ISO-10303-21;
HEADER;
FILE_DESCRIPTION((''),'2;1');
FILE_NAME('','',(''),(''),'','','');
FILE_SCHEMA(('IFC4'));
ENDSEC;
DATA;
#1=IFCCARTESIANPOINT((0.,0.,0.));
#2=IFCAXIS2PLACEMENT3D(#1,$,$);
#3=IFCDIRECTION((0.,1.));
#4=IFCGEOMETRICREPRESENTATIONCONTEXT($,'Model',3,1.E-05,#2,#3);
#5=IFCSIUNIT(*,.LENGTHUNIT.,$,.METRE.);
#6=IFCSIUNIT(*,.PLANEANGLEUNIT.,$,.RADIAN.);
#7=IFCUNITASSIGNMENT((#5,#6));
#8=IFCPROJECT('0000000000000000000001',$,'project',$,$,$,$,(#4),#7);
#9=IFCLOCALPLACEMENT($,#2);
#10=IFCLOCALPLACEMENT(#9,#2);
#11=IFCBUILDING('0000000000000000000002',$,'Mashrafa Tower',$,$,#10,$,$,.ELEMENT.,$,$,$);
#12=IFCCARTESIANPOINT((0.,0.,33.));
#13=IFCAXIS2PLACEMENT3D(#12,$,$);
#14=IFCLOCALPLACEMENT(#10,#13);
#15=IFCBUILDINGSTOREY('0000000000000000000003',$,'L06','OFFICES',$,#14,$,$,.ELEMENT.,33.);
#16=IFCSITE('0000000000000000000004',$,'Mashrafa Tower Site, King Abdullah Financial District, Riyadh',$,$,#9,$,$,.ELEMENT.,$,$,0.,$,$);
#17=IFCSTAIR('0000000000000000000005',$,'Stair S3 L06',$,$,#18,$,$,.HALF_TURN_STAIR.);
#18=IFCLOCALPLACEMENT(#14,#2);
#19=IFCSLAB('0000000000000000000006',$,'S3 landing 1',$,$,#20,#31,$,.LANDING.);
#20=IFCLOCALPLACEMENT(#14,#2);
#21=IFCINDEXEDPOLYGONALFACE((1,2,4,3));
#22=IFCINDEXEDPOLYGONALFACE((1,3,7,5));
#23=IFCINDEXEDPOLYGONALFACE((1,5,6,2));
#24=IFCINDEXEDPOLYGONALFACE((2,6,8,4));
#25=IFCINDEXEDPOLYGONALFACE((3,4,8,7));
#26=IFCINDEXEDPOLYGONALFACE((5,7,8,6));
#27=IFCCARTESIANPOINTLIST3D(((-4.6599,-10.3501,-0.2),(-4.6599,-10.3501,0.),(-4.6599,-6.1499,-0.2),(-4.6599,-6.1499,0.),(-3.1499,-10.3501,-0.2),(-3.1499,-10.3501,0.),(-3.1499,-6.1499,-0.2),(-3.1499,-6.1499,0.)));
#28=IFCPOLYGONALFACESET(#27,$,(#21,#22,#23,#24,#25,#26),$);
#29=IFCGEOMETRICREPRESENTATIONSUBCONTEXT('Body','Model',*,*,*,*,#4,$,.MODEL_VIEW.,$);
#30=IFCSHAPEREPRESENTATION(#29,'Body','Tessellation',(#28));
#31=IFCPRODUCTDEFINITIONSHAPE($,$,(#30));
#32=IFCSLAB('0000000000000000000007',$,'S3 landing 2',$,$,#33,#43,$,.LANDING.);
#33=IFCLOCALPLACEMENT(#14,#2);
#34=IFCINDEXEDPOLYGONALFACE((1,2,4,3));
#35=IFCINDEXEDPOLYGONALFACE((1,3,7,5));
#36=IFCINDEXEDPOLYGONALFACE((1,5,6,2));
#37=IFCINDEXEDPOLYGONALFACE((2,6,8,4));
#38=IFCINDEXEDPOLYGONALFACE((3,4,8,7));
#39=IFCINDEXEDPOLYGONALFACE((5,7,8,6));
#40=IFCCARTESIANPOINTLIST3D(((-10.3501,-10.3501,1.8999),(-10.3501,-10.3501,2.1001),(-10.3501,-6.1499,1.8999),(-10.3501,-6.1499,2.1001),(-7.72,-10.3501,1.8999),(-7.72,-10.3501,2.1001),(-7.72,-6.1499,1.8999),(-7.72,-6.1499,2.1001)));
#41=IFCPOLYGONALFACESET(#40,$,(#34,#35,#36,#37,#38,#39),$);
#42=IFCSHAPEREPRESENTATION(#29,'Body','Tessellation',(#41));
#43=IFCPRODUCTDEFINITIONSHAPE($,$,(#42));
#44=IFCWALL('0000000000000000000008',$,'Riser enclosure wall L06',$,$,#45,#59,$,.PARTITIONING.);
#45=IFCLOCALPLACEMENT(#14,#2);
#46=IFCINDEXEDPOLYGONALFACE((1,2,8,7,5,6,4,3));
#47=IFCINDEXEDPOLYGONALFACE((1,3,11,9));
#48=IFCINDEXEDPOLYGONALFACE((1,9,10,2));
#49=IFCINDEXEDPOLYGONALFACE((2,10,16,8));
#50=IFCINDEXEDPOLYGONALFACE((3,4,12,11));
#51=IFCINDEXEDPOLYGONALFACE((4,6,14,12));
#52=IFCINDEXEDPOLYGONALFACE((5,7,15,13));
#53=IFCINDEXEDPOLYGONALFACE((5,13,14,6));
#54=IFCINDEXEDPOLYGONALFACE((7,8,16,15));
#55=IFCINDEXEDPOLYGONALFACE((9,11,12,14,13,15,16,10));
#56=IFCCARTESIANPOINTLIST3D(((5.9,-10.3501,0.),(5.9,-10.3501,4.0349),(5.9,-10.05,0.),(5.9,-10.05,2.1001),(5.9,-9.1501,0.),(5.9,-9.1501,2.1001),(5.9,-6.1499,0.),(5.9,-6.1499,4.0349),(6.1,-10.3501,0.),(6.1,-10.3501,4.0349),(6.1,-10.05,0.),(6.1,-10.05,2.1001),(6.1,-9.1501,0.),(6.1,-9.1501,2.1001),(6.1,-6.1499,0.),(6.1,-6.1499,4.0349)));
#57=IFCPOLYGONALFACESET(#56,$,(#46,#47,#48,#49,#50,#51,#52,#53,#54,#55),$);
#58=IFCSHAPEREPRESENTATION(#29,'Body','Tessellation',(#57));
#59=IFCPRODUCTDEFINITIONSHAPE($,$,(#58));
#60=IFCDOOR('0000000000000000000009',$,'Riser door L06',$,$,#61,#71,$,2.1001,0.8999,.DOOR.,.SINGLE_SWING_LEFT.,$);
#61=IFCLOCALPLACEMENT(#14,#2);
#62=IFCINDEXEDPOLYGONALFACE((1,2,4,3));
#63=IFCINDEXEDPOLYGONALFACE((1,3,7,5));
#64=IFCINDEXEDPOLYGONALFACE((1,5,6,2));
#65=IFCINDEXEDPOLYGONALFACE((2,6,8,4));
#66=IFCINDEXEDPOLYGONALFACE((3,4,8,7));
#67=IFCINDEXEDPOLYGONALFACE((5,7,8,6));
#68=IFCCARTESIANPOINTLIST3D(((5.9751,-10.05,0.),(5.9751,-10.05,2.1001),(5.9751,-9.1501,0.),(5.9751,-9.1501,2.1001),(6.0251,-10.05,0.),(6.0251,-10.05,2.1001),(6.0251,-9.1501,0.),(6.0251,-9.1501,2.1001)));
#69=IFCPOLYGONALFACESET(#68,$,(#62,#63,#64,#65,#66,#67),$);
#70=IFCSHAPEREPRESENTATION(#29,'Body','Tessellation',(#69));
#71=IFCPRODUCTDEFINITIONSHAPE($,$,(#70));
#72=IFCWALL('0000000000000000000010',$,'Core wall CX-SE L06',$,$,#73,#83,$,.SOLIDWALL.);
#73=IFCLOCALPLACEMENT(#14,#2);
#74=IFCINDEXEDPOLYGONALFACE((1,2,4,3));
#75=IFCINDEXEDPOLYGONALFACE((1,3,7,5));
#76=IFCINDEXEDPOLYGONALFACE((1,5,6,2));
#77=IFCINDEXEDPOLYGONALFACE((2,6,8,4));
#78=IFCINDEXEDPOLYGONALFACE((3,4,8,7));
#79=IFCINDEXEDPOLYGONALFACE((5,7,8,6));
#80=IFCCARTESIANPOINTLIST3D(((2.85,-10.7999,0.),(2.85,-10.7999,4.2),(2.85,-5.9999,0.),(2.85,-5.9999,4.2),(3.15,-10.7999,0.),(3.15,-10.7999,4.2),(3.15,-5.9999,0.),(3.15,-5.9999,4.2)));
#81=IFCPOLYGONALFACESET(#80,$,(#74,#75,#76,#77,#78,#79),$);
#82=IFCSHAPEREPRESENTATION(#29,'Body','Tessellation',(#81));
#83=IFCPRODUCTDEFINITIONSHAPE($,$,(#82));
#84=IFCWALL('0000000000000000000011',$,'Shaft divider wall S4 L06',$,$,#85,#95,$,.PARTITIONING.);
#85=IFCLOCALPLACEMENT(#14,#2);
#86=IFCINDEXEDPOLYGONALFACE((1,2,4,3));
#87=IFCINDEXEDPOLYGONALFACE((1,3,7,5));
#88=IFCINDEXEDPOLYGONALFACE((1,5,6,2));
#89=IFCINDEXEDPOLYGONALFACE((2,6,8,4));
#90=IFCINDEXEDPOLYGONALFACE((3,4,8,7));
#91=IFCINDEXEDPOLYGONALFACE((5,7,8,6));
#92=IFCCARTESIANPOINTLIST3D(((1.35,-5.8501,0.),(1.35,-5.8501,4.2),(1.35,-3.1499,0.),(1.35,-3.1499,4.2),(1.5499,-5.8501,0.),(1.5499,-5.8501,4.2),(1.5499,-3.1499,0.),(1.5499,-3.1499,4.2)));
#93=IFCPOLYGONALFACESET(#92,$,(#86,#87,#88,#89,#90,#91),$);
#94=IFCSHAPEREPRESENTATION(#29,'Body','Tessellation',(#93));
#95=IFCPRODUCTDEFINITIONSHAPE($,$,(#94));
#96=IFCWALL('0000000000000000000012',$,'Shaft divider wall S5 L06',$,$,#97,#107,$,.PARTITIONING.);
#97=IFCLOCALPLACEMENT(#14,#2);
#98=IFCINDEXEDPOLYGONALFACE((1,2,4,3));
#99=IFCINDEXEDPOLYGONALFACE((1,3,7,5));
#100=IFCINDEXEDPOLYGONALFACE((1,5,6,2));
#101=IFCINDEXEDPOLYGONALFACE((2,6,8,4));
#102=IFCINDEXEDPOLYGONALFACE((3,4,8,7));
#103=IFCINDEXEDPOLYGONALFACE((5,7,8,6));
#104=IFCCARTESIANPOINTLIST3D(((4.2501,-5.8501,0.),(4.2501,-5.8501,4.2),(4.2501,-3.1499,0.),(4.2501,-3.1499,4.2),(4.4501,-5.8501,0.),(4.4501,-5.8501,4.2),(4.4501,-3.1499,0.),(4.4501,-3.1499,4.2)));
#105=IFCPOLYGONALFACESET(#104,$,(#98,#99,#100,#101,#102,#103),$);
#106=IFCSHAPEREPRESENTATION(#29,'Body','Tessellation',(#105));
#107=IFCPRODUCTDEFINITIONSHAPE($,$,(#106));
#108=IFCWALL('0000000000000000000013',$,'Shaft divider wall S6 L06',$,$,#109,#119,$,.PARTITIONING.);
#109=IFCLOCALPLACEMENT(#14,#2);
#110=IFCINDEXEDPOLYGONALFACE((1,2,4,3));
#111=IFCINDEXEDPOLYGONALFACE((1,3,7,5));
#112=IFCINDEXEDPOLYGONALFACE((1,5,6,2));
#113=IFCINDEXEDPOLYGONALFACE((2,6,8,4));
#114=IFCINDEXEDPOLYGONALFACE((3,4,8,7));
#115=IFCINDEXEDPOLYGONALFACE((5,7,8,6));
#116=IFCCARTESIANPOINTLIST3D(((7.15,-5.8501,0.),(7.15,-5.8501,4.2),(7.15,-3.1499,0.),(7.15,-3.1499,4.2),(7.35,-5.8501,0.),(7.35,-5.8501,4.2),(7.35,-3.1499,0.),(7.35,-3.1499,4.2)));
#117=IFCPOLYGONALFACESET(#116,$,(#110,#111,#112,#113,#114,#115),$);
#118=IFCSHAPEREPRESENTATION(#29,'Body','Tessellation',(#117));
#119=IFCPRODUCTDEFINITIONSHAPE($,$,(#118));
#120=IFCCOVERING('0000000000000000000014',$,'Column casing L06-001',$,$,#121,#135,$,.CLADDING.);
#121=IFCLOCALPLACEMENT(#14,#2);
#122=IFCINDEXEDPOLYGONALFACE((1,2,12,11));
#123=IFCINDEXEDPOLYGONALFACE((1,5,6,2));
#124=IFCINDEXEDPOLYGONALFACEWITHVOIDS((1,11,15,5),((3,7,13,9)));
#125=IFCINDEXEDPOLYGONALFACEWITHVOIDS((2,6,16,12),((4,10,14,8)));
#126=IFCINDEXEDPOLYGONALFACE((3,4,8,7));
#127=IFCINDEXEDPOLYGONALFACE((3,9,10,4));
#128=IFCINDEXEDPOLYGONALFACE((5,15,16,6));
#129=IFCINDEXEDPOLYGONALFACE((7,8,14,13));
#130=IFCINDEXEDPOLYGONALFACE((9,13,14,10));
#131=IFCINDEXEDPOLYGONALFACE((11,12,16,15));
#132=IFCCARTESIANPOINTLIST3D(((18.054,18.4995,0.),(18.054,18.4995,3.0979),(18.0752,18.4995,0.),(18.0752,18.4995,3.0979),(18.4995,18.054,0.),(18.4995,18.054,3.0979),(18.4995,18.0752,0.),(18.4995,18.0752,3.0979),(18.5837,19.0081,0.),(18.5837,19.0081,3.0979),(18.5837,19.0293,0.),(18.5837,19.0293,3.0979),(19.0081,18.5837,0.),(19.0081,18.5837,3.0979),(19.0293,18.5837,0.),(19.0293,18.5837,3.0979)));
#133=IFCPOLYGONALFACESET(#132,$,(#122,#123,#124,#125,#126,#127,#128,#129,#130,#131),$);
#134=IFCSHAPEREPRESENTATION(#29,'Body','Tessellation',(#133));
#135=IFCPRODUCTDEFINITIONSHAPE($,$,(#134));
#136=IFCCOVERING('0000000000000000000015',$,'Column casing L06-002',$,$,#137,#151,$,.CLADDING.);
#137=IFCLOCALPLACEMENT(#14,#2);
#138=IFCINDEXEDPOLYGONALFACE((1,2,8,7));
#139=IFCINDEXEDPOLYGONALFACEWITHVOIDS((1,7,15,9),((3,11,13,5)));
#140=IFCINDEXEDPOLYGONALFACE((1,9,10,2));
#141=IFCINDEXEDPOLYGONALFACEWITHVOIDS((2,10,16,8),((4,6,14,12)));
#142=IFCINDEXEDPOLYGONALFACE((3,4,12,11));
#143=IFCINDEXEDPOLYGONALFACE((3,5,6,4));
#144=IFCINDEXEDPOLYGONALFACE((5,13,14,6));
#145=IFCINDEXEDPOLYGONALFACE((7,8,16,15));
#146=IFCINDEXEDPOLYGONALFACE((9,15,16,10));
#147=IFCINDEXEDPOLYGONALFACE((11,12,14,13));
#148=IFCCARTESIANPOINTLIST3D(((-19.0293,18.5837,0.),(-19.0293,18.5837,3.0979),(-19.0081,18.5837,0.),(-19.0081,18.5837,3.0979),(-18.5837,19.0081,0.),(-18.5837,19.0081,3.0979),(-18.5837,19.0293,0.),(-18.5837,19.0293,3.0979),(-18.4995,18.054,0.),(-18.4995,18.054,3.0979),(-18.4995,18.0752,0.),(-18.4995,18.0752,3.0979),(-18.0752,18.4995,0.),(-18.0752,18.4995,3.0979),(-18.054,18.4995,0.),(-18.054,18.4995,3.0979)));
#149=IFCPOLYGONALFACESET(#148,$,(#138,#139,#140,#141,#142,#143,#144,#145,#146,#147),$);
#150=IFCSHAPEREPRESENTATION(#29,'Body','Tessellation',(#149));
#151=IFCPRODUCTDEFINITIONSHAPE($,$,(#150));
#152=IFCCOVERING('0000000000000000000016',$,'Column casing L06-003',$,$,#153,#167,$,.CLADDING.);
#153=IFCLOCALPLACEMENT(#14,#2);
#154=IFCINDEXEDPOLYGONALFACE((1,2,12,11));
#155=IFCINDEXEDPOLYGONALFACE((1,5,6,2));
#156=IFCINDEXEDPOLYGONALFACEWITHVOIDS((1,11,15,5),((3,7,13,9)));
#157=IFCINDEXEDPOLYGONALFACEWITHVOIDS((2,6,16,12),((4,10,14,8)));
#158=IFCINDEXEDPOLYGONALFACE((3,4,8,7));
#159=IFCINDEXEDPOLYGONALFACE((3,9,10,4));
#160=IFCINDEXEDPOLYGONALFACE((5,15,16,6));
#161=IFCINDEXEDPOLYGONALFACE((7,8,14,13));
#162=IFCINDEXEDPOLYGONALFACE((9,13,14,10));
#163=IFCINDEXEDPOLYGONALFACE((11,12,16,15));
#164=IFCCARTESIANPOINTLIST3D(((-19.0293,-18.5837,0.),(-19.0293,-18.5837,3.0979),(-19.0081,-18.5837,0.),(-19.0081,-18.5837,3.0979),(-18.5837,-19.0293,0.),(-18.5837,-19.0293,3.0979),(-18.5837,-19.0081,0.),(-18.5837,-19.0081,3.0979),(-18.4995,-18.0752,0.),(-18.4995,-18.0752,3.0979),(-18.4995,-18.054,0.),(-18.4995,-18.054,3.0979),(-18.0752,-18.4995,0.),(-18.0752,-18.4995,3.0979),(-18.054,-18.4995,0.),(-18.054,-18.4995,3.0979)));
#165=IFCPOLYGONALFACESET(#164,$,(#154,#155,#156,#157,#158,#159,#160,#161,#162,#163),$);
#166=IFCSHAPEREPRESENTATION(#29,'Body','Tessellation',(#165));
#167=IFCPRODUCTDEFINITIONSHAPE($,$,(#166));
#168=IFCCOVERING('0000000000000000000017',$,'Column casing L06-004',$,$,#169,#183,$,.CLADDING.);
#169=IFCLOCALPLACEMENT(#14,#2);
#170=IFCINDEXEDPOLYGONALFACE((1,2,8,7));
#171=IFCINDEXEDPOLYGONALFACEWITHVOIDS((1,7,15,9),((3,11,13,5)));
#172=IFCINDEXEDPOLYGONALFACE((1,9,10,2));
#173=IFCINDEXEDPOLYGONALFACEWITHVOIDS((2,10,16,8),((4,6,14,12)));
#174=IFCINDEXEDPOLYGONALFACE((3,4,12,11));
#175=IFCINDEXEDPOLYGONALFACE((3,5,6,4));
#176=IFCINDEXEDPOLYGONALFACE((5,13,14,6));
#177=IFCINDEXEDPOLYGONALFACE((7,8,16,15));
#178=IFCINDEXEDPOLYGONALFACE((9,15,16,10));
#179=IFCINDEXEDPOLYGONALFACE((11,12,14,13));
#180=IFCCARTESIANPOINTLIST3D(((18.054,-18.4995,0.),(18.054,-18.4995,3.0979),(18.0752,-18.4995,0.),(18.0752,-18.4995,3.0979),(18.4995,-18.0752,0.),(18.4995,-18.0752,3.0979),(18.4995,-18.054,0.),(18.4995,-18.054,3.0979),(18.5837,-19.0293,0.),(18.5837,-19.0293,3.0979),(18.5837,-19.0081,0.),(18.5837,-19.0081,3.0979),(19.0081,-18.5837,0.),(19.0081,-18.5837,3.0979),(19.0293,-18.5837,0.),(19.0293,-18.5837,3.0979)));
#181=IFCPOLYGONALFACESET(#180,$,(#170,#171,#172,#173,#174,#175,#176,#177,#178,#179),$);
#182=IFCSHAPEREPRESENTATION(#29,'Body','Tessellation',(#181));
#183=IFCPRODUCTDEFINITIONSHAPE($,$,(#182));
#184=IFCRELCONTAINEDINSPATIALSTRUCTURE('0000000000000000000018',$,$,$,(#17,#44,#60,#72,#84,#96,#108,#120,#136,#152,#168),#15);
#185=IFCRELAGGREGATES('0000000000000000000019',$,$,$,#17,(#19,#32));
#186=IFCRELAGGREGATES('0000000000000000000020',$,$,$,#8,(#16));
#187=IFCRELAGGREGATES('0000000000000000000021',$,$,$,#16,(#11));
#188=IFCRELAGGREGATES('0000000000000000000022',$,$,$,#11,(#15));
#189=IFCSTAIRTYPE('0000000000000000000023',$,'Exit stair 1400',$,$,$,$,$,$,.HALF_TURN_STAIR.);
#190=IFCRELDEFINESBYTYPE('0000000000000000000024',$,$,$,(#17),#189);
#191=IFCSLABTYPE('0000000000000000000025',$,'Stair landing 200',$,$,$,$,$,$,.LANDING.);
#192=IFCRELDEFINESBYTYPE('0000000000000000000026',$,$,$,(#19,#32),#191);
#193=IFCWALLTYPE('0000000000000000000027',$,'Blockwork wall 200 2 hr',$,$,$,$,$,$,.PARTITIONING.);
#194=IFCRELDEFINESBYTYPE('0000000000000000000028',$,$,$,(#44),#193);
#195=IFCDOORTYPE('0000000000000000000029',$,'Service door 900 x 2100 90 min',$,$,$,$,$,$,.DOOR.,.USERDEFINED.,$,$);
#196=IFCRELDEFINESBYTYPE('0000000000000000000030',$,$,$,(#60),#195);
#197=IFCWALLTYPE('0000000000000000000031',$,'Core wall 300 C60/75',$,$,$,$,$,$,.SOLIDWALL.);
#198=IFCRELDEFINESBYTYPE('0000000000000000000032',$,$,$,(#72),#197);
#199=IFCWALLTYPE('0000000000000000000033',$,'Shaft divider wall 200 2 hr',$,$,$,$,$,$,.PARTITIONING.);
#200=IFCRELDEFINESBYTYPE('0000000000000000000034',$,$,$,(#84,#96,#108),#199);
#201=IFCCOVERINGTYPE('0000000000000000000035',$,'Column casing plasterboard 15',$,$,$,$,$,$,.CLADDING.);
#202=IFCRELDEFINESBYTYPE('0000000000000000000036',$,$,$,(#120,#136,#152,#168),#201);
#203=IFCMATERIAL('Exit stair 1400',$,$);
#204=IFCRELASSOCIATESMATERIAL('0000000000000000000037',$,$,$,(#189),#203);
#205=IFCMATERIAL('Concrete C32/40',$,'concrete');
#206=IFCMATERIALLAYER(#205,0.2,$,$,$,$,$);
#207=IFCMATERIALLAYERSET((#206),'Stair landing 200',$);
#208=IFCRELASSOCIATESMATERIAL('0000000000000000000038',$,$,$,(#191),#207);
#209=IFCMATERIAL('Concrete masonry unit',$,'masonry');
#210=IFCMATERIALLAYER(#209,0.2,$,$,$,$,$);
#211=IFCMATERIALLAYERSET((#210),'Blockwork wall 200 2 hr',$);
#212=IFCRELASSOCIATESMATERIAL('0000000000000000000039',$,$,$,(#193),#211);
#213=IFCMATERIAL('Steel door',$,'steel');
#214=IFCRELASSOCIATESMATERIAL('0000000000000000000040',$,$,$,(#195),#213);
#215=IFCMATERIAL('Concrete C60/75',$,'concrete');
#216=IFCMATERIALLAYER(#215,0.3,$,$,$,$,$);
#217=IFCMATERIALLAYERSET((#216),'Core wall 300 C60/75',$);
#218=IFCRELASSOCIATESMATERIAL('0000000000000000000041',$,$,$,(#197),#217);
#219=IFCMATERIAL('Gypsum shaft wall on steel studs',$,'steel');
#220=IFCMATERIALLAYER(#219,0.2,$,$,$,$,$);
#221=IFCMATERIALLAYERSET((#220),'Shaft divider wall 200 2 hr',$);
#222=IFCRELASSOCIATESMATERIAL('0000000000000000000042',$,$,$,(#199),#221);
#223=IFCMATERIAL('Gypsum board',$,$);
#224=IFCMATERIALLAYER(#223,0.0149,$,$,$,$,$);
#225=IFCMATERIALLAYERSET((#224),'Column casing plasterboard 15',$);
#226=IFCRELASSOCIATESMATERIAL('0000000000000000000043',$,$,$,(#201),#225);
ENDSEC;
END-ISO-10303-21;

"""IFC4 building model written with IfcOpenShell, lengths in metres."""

from ifc_helpers import new_model, si_unit, direction, frame, frame_2d, origin, place, context, subcontext, project, spatial, polyline, rectangle, outline, extrude, material, layer, layer_set, type_object, element, fill, aggregate, save


model = new_model("IFC4")

# Units and contexts
model_context = context("Model", 3, precision=1e-05, world=origin(), true_north=direction((0.0, 1.0)))
body_context = subcontext(model_context, "Body", "Model", "MODEL_VIEW")
ifc_project = project(units=[si_unit("LENGTHUNIT", "METRE"), si_unit("PLANEANGLEUNIT", "RADIAN")], contexts=[model_context])

# Site, building, storey
site_placement = place(None, origin())
site = spatial("IfcSite", under=ifc_project, at=site_placement, Name="Mashrafa Tower Site, King Abdullah Financial District, Riyadh", CompositionType="ELEMENT", RefElevation=0.0)
building_placement = place(site_placement, origin())
building = spatial("IfcBuilding", under=site, at=building_placement, Name="Mashrafa Tower", CompositionType="ELEMENT")
storey_placement = place(building_placement, frame((0.0, 0.0, 33.0)))
storey = spatial("IfcBuildingStorey", under=building, at=storey_placement, Name="L06", Description="OFFICES", CompositionType="ELEMENT", Elevation=33.0)

# Stair, slabs
ifc_material_1 = material(Name="Exit stair 1400")
stair_type = type_object("IfcStairType", Name="Exit stair 1400", PredefinedType="HALF_TURN_STAIR", material=ifc_material_1)
ifc_material_2 = material(Name="Concrete C32/40", Category="concrete")
ifc_layer_1 = layer(ifc_material_2, 0.2)
ifc_layer_set_1 = layer_set([ifc_layer_1], Name="Stair landing 200")
slab_type_1 = type_object("IfcSlabType", Name="Stair landing 200", PredefinedType="LANDING", material=ifc_layer_set_1)
stair_1_placement = place(storey_placement, origin())
stair_1 = element("IfcStair", 1, at=stair_1_placement, inside=storey, type_object=stair_type, Name="Stair S3 L06", PredefinedType="HALF_TURN_STAIR")
slab_1_placement = place(storey_placement, frame((0.0, 0.0, -0.2)))
slab_1 = element("IfcSlab", 2, at=slab_1_placement, type_object=slab_type_1, Name="S3 landing 1", PredefinedType="LANDING", context=body_context, shape_type="SweptSolid", body=[
    extrude(outline(polyline([(-4.6599, -10.3501), (-3.1499, -10.3501), (-3.1499, -6.1499), (-4.6599, -6.1499), (-4.6599, -10.3501)])), origin(), (0.0, 0.0, 1.0), 0.2),
])
slab_2_placement = place(storey_placement, frame((0.0, 0.0, 1.8999)))
slab_2 = element("IfcSlab", 3, at=slab_2_placement, type_object=slab_type_1, Name="S3 landing 2", PredefinedType="LANDING", context=body_context, shape_type="SweptSolid", body=[
    extrude(outline(polyline([(-10.3501, -10.3501), (-7.72, -10.3501), (-7.72, -6.1499), (-10.3501, -6.1499), (-10.3501, -10.3501)])), origin(), (0.0, 0.0, 1.0), 0.2002),
])
aggregate(stair_1, [slab_1, slab_2])

# Wall, opening, door
ifc_material_3 = material(Name="Concrete masonry unit", Category="masonry")
ifc_layer_2 = layer(ifc_material_3, 0.2)
ifc_layer_set_2 = layer_set([ifc_layer_2], Name="Blockwork wall 200 2 hr")
wall_type_1 = type_object("IfcWallType", Name="Blockwork wall 200 2 hr", PredefinedType="PARTITIONING", material=ifc_layer_set_2)
wall_1_placement = place(storey_placement, frame((6.0, -10.3501, 0.0), z_axis=(0.0, 0.0, 1.0), x_axis=(0.0, 1.0, 0.0)))
wall_1 = element("IfcWall", 4, at=wall_1_placement, inside=storey, type_object=wall_type_1, Name="Riser enclosure wall L06", PredefinedType="PARTITIONING", context=body_context, shape_type="SweptSolid", body=[
    extrude(rectangle(XDim=4.2002, YDim=0.2, at=frame_2d((2.1001, 0.0))), origin(), (0.0, 0.0, 1.0), 4.0349),
])
opening_placement = place(wall_1_placement, frame((0.3, 0.0, 0.0)))
opening = element("IfcOpeningElement", 5, at=opening_placement, cuts=wall_1, PredefinedType="OPENING", context=body_context, shape_type="SweptSolid", body=[
    extrude(rectangle(XDim=0.8999, YDim=2.1001, at=frame_2d((0.45, 1.05))), frame((0.0, 0.1099, 0.0), z_axis=(0.0, -1.0, 0.0), x_axis=(1.0, 0.0, 0.0)), (0.0, 0.0, 1.0), 0.22),
])
ifc_material_4 = material(Name="Steel door", Category="steel")
door_type = type_object("IfcDoorType", Name="Service door 900 x 2100 90 min", OperationType="USERDEFINED", PredefinedType="DOOR", material=ifc_material_4)
door_placement = place(opening_placement, origin())
door = element("IfcDoor", 6, at=door_placement, inside=storey, type_object=door_type, Name="Riser door L06", OperationType="SINGLE_SWING_LEFT", OverallHeight=2.1001, OverallWidth=0.8999, PredefinedType="DOOR", context=body_context, shape_type="SweptSolid", body=[
    extrude(rectangle(XDim=0.8999, YDim=2.1001, at=frame_2d((0.45, 1.05))), frame((0.0, 0.0249, 0.0), z_axis=(0.0, -1.0, 0.0), x_axis=(1.0, 0.0, 0.0)), (0.0, 0.0, 1.0), 0.05),
])
fill(opening, door)

# Walls
ifc_material_5 = material(Name="Concrete C60/75", Category="concrete")
ifc_layer_3 = layer(ifc_material_5, 0.3)
ifc_layer_set_3 = layer_set([ifc_layer_3], Name="Core wall 300 C60/75")
wall_type_2 = type_object("IfcWallType", Name="Core wall 300 C60/75", PredefinedType="SOLIDWALL", material=ifc_layer_set_3)
wall_2_placement = place(storey_placement, frame((3.0, -6.0, 0.0), z_axis=(0.0, 0.0, 1.0), x_axis=(0.0, -1.0, 0.0)))
element("IfcWall", 7, at=wall_2_placement, inside=storey, type_object=wall_type_2, Name="Core wall CX-SE L06", PredefinedType="SOLIDWALL", context=body_context, shape_type="SweptSolid", body=[
    extrude(rectangle(XDim=4.8, YDim=0.3, at=frame_2d((2.3999, 0.0))), origin(), (0.0, 0.0, 1.0), 4.2),
])
ifc_material_6 = material(Name="Gypsum shaft wall on steel studs", Category="steel")
ifc_layer_4 = layer(ifc_material_6, 0.2)
ifc_layer_set_4 = layer_set([ifc_layer_4], Name="Shaft divider wall 200 2 hr")
wall_type_3 = type_object("IfcWallType", Name="Shaft divider wall 200 2 hr", PredefinedType="PARTITIONING", material=ifc_layer_set_4)
for number, where, z_axis, x_axis, name in (
    (8, (1.45, -5.8501, 0.0), (0.0, 0.0, 1.0), (0.0, 1.0, 0.0), "Shaft divider wall S4 L06"),
    (9, (4.3501, -5.8501, 0.0), (0.0, 0.0, 1.0), (0.0, 1.0, 0.0), "Shaft divider wall S5 L06"),
    (10, (7.25, -5.8501, 0.0), (0.0, 0.0, 1.0), (0.0, 1.0, 0.0), "Shaft divider wall S6 L06"),
):
    element("IfcWall", number, at=place(storey_placement, frame(where, z_axis=z_axis, x_axis=x_axis)), inside=storey, type_object=wall_type_3, Name=name, PredefinedType="PARTITIONING", context=body_context, shape_type="SweptSolid", body=[
        extrude(rectangle(XDim=2.7002, YDim=0.2, at=frame_2d((1.3501, 0.0))), origin(), (0.0, 0.0, 1.0), 4.2),
    ])

# Coverings
ifc_material_7 = material(Name="Gypsum board")
ifc_layer_5 = layer(ifc_material_7, 0.0149)
ifc_layer_set_5 = layer_set([ifc_layer_5], Name="Column casing plasterboard 15")
covering_type_1 = type_object("IfcCoveringType", Name="Column casing plasterboard 15", PredefinedType="CLADDING", material=ifc_layer_set_5)
covering_1_placement = place(storey_placement, origin())
element("IfcCovering", 11, at=covering_1_placement, inside=storey, type_object=covering_type_1, Name="Column casing L06-001", PredefinedType="CLADDING", context=body_context, shape_type="SweptSolid", body=[
    extrude(outline(polyline([(18.054, 18.4995), (18.5837, 19.0293), (19.0293, 18.5837), (18.4995, 18.054), (18.054, 18.4995)]), holes=[polyline([(19.0081, 18.5837), (18.5837, 19.0081), (18.0752, 18.4995), (18.4995, 18.0752), (19.0081, 18.5837)])]), origin(), (0.0, 0.0, 1.0), 3.0979),
])
covering_2_placement = place(storey_placement, origin())
element("IfcCovering", 12, at=covering_2_placement, inside=storey, type_object=covering_type_1, Name="Column casing L06-002", PredefinedType="CLADDING", context=body_context, shape_type="SweptSolid", body=[
    extrude(outline(polyline([(-19.0293, 18.5837), (-18.5837, 19.0293), (-18.054, 18.4995), (-18.4995, 18.054), (-19.0293, 18.5837)]), holes=[polyline([(-18.0752, 18.4995), (-18.5837, 19.0081), (-19.0081, 18.5837), (-18.4995, 18.0752), (-18.0752, 18.4995)])]), origin(), (0.0, 0.0, 1.0), 3.0979),
])
covering_3_placement = place(storey_placement, origin())
element("IfcCovering", 13, at=covering_3_placement, inside=storey, type_object=covering_type_1, Name="Column casing L06-003", PredefinedType="CLADDING", context=body_context, shape_type="SweptSolid", body=[
    extrude(outline(polyline([(-19.0293, -18.5837), (-18.4995, -18.054), (-18.054, -18.4995), (-18.5837, -19.0293), (-19.0293, -18.5837)]), holes=[polyline([(-18.0752, -18.4995), (-18.4995, -18.0752), (-19.0081, -18.5837), (-18.5837, -19.0081), (-18.0752, -18.4995)])]), origin(), (0.0, 0.0, 1.0), 3.0979),
])
covering_4_placement = place(storey_placement, origin())
element("IfcCovering", 14, at=covering_4_placement, inside=storey, type_object=covering_type_1, Name="Column casing L06-004", PredefinedType="CLADDING", context=body_context, shape_type="SweptSolid", body=[
    extrude(outline(polyline([(18.054, -18.4995), (18.4995, -18.054), (19.0293, -18.5837), (18.5837, -19.0293), (18.054, -18.4995)]), holes=[polyline([(19.0081, -18.5837), (18.4995, -18.0752), (18.0752, -18.4995), (18.5837, -19.0081), (19.0081, -18.5837)])]), origin(), (0.0, 0.0, 1.0), 3.0979),
])

save(model, "model.ifc")
